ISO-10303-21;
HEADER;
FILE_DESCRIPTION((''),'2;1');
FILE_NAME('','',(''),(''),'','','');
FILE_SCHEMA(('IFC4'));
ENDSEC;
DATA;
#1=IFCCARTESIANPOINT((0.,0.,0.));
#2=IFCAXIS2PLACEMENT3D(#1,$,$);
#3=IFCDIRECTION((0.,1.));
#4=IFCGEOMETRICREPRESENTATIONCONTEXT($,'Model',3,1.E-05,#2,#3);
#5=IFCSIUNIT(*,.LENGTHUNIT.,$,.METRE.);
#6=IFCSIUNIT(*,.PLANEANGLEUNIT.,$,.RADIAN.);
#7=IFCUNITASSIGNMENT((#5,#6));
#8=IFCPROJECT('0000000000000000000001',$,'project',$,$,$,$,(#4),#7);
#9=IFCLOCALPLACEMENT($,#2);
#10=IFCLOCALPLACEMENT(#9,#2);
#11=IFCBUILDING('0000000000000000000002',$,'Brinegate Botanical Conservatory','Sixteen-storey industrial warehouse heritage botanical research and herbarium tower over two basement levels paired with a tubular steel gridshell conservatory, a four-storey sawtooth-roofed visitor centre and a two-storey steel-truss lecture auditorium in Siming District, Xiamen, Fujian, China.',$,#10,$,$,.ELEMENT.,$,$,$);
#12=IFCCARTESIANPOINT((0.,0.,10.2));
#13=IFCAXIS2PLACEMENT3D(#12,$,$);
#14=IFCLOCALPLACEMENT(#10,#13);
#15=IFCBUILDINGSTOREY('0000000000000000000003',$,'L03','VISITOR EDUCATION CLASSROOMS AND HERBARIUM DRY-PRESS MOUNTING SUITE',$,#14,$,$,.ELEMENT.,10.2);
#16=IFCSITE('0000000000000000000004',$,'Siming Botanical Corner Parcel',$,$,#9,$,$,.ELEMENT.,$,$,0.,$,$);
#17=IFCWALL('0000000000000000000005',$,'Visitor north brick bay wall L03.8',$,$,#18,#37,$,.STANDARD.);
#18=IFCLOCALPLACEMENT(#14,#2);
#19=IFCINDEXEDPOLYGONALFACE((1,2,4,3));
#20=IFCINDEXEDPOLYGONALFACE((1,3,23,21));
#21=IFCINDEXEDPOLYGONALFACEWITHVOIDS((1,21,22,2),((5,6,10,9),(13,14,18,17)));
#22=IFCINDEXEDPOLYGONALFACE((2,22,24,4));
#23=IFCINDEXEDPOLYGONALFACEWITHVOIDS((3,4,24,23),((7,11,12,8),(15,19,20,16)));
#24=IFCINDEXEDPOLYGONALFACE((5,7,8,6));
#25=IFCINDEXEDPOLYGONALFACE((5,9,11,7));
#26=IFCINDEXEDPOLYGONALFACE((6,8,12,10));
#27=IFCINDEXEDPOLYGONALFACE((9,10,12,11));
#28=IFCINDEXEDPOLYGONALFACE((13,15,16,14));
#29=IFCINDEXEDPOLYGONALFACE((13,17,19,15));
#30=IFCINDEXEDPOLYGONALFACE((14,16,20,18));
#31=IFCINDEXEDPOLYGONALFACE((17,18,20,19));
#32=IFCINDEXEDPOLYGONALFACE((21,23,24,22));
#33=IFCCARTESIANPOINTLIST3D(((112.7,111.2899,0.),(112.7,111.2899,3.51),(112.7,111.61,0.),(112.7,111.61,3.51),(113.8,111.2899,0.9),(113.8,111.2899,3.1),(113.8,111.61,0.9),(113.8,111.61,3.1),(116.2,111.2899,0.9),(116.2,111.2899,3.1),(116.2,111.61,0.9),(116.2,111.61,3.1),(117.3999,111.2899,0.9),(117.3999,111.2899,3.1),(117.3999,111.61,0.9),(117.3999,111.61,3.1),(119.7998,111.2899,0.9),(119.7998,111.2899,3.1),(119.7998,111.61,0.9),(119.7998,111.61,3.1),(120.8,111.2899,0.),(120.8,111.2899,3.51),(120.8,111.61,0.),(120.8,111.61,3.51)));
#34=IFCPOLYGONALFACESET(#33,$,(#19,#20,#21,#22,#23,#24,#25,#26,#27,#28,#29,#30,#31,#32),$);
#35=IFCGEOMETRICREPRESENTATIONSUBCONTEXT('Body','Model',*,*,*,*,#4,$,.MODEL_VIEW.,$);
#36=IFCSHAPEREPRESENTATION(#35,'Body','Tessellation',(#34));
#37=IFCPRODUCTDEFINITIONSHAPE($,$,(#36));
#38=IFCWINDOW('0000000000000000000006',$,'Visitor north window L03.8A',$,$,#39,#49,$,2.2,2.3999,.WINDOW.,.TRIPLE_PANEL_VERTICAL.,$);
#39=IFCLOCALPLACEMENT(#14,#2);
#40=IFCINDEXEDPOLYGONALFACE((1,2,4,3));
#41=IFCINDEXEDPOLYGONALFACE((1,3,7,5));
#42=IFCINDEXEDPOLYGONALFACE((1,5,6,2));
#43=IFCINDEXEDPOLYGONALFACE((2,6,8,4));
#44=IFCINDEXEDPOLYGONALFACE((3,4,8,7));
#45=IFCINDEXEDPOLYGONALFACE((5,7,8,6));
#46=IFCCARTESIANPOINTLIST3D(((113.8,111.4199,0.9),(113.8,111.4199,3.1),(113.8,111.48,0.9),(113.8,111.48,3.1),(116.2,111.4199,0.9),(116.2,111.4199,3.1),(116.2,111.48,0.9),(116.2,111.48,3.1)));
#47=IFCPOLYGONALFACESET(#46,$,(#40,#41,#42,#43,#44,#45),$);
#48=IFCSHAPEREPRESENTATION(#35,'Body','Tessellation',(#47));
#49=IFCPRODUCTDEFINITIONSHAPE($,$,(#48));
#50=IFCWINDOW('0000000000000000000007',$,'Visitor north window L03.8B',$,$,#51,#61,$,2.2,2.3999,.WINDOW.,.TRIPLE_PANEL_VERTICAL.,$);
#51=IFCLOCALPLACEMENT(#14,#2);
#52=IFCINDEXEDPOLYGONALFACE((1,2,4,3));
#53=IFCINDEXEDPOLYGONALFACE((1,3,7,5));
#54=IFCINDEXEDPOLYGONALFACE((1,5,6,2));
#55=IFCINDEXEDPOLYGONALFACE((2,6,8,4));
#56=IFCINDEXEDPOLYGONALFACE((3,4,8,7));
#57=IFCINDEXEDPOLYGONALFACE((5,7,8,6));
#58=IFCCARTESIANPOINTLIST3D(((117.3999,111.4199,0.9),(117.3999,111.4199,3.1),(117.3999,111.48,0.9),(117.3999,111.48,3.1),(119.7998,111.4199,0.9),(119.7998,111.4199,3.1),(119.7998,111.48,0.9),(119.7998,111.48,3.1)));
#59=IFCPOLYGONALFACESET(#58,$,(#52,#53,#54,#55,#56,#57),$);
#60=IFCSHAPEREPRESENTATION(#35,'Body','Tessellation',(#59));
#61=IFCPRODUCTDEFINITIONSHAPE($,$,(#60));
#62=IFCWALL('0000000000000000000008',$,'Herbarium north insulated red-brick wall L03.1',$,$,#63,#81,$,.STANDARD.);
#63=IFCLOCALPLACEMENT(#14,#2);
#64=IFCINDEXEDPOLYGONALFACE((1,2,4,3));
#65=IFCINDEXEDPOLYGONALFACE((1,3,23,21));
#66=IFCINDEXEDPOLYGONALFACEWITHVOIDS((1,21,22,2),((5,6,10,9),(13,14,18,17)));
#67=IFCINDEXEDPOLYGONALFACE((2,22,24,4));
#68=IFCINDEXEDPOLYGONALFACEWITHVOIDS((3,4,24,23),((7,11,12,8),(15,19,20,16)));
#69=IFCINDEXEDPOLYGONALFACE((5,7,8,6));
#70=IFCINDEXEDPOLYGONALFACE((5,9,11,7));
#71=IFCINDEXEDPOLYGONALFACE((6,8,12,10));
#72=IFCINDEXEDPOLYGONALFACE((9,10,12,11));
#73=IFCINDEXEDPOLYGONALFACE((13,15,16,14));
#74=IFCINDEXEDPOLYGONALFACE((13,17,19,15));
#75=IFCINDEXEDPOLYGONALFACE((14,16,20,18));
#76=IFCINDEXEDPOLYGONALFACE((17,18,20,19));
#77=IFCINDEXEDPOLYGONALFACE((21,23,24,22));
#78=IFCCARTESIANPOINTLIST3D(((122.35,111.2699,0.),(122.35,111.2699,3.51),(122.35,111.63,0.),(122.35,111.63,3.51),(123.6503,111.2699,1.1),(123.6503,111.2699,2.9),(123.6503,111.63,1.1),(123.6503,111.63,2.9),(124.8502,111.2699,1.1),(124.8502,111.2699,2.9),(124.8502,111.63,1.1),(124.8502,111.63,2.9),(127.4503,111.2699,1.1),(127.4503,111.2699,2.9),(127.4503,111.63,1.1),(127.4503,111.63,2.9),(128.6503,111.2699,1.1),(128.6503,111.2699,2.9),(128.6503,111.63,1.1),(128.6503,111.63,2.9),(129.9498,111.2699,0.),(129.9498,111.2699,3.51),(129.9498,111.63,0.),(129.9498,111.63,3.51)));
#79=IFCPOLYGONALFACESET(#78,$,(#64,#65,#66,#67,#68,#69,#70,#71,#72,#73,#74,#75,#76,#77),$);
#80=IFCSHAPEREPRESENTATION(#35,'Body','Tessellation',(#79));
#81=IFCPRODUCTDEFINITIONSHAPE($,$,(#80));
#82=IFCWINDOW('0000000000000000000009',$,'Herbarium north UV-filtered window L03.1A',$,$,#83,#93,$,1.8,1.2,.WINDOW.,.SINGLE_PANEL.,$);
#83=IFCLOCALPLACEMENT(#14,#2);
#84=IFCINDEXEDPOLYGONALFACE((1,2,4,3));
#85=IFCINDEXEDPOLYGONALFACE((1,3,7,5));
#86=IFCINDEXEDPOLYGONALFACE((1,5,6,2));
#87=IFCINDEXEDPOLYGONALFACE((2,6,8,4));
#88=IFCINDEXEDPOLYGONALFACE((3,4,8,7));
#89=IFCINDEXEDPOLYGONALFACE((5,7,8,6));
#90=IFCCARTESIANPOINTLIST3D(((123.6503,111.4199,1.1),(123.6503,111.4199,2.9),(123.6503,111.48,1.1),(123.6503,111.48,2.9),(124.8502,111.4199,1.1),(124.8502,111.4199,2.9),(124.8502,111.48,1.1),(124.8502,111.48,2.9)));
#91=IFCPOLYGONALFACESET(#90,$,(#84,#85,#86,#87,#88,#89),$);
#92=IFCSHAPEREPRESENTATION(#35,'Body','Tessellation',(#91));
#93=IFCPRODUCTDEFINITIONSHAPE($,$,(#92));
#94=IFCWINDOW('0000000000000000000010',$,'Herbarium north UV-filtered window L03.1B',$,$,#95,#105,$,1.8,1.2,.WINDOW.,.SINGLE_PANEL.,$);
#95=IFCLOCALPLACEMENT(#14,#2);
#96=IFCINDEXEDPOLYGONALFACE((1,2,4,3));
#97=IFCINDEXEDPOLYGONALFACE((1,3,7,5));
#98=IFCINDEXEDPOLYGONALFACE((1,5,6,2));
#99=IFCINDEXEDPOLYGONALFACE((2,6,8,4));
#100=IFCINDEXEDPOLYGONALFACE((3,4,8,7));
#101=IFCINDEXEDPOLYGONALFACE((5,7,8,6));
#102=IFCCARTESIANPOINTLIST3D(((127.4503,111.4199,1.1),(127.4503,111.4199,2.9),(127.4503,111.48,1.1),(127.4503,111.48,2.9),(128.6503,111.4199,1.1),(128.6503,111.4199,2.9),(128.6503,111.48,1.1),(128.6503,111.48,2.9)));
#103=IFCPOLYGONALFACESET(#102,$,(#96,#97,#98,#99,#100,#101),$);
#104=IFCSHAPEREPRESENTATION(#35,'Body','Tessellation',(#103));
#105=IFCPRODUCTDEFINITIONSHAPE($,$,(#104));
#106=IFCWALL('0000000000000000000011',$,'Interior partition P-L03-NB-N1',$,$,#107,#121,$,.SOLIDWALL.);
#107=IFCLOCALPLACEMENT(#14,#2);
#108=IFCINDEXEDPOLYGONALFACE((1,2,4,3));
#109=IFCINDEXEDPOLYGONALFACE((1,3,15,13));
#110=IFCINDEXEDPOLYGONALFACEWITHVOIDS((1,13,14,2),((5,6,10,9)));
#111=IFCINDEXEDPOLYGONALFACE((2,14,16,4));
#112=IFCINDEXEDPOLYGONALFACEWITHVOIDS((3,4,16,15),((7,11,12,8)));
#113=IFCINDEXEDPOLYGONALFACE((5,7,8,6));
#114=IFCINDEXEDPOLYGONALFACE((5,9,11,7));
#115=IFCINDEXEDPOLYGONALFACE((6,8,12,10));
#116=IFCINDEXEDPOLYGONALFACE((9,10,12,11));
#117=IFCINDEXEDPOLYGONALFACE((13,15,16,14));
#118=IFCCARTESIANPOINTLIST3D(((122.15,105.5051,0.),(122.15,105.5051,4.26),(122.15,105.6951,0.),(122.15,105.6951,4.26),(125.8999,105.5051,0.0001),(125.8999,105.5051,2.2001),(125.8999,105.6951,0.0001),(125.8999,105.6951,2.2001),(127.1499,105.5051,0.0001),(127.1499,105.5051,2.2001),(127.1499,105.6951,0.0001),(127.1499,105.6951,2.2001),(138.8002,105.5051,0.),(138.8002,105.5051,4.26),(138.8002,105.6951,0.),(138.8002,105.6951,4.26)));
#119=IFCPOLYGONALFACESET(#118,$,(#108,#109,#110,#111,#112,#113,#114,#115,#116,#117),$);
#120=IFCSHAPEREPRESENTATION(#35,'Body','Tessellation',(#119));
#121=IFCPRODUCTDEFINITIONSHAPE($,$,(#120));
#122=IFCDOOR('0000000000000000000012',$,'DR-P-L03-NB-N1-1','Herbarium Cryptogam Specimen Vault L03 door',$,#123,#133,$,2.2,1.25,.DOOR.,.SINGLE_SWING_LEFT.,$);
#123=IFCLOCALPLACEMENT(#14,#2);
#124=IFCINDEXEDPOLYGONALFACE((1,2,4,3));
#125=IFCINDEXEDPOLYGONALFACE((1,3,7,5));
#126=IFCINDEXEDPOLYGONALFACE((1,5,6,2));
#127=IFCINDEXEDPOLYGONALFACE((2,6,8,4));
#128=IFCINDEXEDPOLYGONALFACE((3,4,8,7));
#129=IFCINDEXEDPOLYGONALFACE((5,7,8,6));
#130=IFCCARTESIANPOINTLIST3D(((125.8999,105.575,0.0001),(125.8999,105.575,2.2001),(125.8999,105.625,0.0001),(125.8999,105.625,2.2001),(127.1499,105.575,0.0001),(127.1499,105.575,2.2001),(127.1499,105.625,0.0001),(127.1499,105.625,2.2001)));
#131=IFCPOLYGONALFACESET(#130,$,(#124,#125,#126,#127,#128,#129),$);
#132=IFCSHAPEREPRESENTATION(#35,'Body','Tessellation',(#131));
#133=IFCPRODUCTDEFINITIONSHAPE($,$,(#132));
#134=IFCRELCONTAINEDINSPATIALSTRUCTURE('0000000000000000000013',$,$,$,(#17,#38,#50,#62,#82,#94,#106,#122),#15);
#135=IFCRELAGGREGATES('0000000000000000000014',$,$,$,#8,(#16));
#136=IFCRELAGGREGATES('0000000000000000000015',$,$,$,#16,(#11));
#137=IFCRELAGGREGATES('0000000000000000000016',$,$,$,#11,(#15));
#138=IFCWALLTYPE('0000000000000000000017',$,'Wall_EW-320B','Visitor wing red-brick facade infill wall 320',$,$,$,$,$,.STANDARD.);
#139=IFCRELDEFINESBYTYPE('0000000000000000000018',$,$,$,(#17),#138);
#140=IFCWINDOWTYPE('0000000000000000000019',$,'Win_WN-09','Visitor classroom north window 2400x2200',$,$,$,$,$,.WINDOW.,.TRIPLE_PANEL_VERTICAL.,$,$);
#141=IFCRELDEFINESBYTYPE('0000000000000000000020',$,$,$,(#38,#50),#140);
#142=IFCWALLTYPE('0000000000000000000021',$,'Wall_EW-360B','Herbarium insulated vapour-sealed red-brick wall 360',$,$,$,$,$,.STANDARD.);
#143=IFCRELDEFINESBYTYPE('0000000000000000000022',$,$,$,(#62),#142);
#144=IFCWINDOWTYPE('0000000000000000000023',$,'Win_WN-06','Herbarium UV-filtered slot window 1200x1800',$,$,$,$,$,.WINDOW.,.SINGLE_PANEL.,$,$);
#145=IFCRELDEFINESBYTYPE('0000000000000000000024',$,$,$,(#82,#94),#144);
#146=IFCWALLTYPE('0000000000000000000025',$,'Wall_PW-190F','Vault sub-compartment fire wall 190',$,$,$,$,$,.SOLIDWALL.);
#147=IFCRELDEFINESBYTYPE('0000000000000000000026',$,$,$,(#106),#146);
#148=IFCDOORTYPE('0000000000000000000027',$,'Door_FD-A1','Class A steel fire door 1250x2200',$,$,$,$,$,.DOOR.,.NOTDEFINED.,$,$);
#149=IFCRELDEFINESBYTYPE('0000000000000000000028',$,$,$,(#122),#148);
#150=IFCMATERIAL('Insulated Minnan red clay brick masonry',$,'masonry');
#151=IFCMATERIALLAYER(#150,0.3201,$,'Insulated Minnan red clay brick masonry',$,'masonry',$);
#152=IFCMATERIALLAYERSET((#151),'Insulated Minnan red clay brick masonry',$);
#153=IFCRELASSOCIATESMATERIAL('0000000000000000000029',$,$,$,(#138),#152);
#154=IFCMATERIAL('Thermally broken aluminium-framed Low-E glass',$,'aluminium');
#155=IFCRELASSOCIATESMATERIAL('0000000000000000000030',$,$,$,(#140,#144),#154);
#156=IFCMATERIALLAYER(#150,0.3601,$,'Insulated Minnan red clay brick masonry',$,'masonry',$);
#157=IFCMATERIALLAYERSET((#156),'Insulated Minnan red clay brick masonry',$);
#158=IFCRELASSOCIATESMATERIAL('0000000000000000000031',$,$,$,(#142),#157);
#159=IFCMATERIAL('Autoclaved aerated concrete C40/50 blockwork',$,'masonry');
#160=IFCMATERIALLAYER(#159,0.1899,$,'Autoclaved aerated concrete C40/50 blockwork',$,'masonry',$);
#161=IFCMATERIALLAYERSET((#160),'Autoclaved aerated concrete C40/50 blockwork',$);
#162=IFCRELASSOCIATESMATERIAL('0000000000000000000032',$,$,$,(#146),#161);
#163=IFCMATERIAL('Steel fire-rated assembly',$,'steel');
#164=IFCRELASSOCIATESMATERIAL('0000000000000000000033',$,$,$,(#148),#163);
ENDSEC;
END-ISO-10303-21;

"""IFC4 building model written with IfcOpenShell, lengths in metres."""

from ifc_helpers import new_model, si_unit, direction, frame, frame_2d, origin, place, context, subcontext, project, spatial, rectangle, extrude, material, layer, layer_set, type_object, element, fill, save


model = new_model("IFC4")

# Units and contexts
model_context = context("Model", 3, precision=1e-05, world=origin(), true_north=direction((0.0, 1.0)))
body_context = subcontext(model_context, "Body", "Model", "MODEL_VIEW")
ifc_project = project(units=[si_unit("LENGTHUNIT", "METRE"), si_unit("PLANEANGLEUNIT", "RADIAN")], contexts=[model_context])

# Site, building, storey
site_placement = place(None, origin())
site = spatial("IfcSite", under=ifc_project, at=site_placement, Name="Siming Botanical Corner Parcel", CompositionType="ELEMENT", RefElevation=0.0)
building_placement = place(site_placement, origin())
building = spatial("IfcBuilding", under=site, at=building_placement, Name="Brinegate Botanical Conservatory", Description="Sixteen-storey industrial warehouse heritage botanical research and herbarium tower over two basement levels paired with a tubular steel gridshell conservatory, a four-storey sawtooth-roofed visitor centre and a two-storey steel-truss lecture auditorium in Siming District, Xiamen, Fujian, China.", CompositionType="ELEMENT")
storey_placement = place(building_placement, frame((0.0, 0.0, 10.2)))
storey = spatial("IfcBuildingStorey", under=building, at=storey_placement, Name="L03", Description="VISITOR EDUCATION CLASSROOMS AND HERBARIUM DRY-PRESS MOUNTING SUITE", CompositionType="ELEMENT", Elevation=10.2)

# Shared definitions
ifc_material_1 = material(Name="Insulated Minnan red clay brick masonry", Category="masonry")

# Walls, openings, windows
ifc_layer_1 = layer(ifc_material_1, 0.3201, Name="Insulated Minnan red clay brick masonry", Category="masonry")
ifc_layer_set_1 = layer_set([ifc_layer_1], Name="Insulated Minnan red clay brick masonry")
wall_type_1 = type_object("IfcWallType", Name="Wall_EW-320B", Description="Visitor wing red-brick facade infill wall 320", PredefinedType="STANDARD", material=ifc_layer_set_1)
wall_1_placement = place(storey_placement, frame((112.7, 111.45, 0.0), z_axis=(0.0, 0.0, 1.0), x_axis=(1.0, 0.0, 0.0)))
wall_1 = element("IfcWall", 1, at=wall_1_placement, inside=storey, type_object=wall_type_1, Name="Visitor north brick bay wall L03.8", PredefinedType="STANDARD", context=body_context, shape_type="SweptSolid", body=[
    extrude(rectangle(XDim=8.1001, YDim=0.3201, at=frame_2d((4.05, 0.0))), origin(), (0.0, 0.0, 1.0), 3.51),
])
opening_1_placement = place(wall_1_placement, frame((1.1001, 0.0, 0.8999)))
opening_1 = element("IfcOpeningElement", 2, at=opening_1_placement, cuts=wall_1, PredefinedType="OPENING", context=body_context, shape_type="SweptSolid", body=[
    extrude(rectangle(XDim=2.3999, YDim=2.2, at=frame_2d((1.2, 1.1001))), frame((0.0, 0.1699, 0.0), z_axis=(0.0, -1.0, 0.0), x_axis=(1.0, 0.0, 0.0)), (0.0, 0.0, 1.0), 0.3401),
])
opening_2_placement = place(wall_1_placement, frame((4.7, 0.0, 0.8999)))
opening_2 = element("IfcOpeningElement", 3, at=opening_2_placement, cuts=wall_1, PredefinedType="OPENING", context=body_context, shape_type="SweptSolid", body=[
    extrude(rectangle(XDim=2.3999, YDim=2.2, at=frame_2d((1.2, 1.1001))), frame((0.0, 0.1699, 0.0), z_axis=(0.0, -1.0, 0.0), x_axis=(1.0, 0.0, 0.0)), (0.0, 0.0, 1.0), 0.3401),
])
ifc_material_2 = material(Name="Thermally broken aluminium-framed Low-E glass", Category="aluminium")
window_type_1 = type_object("IfcWindowType", Name="Win_WN-09", Description="Visitor classroom north window 2400x2200", PartitioningType="TRIPLE_PANEL_VERTICAL", PredefinedType="WINDOW", material=ifc_material_2)
window_1_placement = place(opening_1_placement, origin())
window_1 = element("IfcWindow", 4, at=window_1_placement, inside=storey, type_object=window_type_1, Name="Visitor north window L03.8A", OverallHeight=2.2, OverallWidth=2.3999, PartitioningType="TRIPLE_PANEL_VERTICAL", PredefinedType="WINDOW", context=body_context, shape_type="SweptSolid", body=[
    extrude(rectangle(XDim=2.3999, YDim=2.2, at=frame_2d((1.2, 1.1001))), frame((0.0, 0.03, 0.0), z_axis=(0.0, -1.0, 0.0), x_axis=(1.0, 0.0, 0.0)), (0.0, 0.0, 1.0), 0.0601),
])
fill(opening_1, window_1)
window_2_placement = place(opening_2_placement, origin())
window_2 = element("IfcWindow", 5, at=window_2_placement, inside=storey, type_object=window_type_1, Name="Visitor north window L03.8B", OverallHeight=2.2, OverallWidth=2.3999, PartitioningType="TRIPLE_PANEL_VERTICAL", PredefinedType="WINDOW", context=body_context, shape_type="SweptSolid", body=[
    extrude(rectangle(XDim=2.3999, YDim=2.2, at=frame_2d((1.2, 1.1001))), frame((0.0, 0.03, 0.0), z_axis=(0.0, -1.0, 0.0), x_axis=(1.0, 0.0, 0.0)), (0.0, 0.0, 1.0), 0.0601),
])
fill(opening_2, window_2)
ifc_layer_2 = layer(ifc_material_1, 0.3601, Name="Insulated Minnan red clay brick masonry", Category="masonry")
ifc_layer_set_2 = layer_set([ifc_layer_2], Name="Insulated Minnan red clay brick masonry")
wall_type_2 = type_object("IfcWallType", Name="Wall_EW-360B", Description="Herbarium insulated vapour-sealed red-brick wall 360", PredefinedType="STANDARD", material=ifc_layer_set_2)
wall_2_placement = place(storey_placement, frame((122.3501, 111.45, 0.0), z_axis=(0.0, 0.0, 1.0), x_axis=(1.0, 0.0, 0.0)))
wall_2 = element("IfcWall", 6, at=wall_2_placement, inside=storey, type_object=wall_type_2, Name="Herbarium north insulated red-brick wall L03.1", PredefinedType="STANDARD", context=body_context, shape_type="SweptSolid", body=[
    extrude(rectangle(XDim=7.5999, YDim=0.3601, at=frame_2d((3.7998, 0.0))), origin(), (0.0, 0.0, 1.0), 3.51),
])
opening_3_placement = place(wall_2_placement, frame((1.3, 0.0, 1.1001)))
opening_3 = element("IfcOpeningElement", 7, at=opening_3_placement, cuts=wall_2, PredefinedType="OPENING", context=body_context, shape_type="SweptSolid", body=[
    extrude(rectangle(XDim=1.2, YDim=1.8, at=frame_2d((0.6001, 0.8999))), frame((0.0, 0.1899, 0.0), z_axis=(0.0, -1.0, 0.0), x_axis=(1.0, 0.0, 0.0)), (0.0, 0.0, 1.0), 0.3801),
])
opening_4_placement = place(wall_2_placement, frame((5.1001, 0.0, 1.1001)))
opening_4 = element("IfcOpeningElement", 8, at=opening_4_placement, cuts=wall_2, PredefinedType="OPENING", context=body_context, shape_type="SweptSolid", body=[
    extrude(rectangle(XDim=1.2, YDim=1.8, at=frame_2d((0.6001, 0.8999))), frame((0.0, 0.1899, 0.0), z_axis=(0.0, -1.0, 0.0), x_axis=(1.0, 0.0, 0.0)), (0.0, 0.0, 1.0), 0.3801),
])
window_type_2 = type_object("IfcWindowType", Name="Win_WN-06", Description="Herbarium UV-filtered slot window 1200x1800", PartitioningType="SINGLE_PANEL", PredefinedType="WINDOW", material=ifc_material_2)
window_3_placement = place(opening_3_placement, origin())
window_3 = element("IfcWindow", 9, at=window_3_placement, inside=storey, type_object=window_type_2, Name="Herbarium north UV-filtered window L03.1A", OverallHeight=1.8, OverallWidth=1.2, PartitioningType="SINGLE_PANEL", PredefinedType="WINDOW", context=body_context, shape_type="SweptSolid", body=[
    extrude(rectangle(XDim=1.2, YDim=1.8, at=frame_2d((0.6001, 0.8999))), frame((0.0, 0.03, 0.0), z_axis=(0.0, -1.0, 0.0), x_axis=(1.0, 0.0, 0.0)), (0.0, 0.0, 1.0), 0.0601),
])
fill(opening_3, window_3)
window_4_placement = place(opening_4_placement, origin())
window_4 = element("IfcWindow", 10, at=window_4_placement, inside=storey, type_object=window_type_2, Name="Herbarium north UV-filtered window L03.1B", OverallHeight=1.8, OverallWidth=1.2, PartitioningType="SINGLE_PANEL", PredefinedType="WINDOW", context=body_context, shape_type="SweptSolid", body=[
    extrude(rectangle(XDim=1.2, YDim=1.8, at=frame_2d((0.6001, 0.8999))), frame((0.0, 0.03, 0.0), z_axis=(0.0, -1.0, 0.0), x_axis=(1.0, 0.0, 0.0)), (0.0, 0.0, 1.0), 0.0601),
])
fill(opening_4, window_4)

# Wall, opening, door
ifc_material_3 = material(Name="Autoclaved aerated concrete C40/50 blockwork", Category="masonry")
ifc_layer_3 = layer(ifc_material_3, 0.1899, Name="Autoclaved aerated concrete C40/50 blockwork", Category="masonry")
ifc_layer_set_3 = layer_set([ifc_layer_3], Name="Autoclaved aerated concrete C40/50 blockwork")
wall_type_3 = type_object("IfcWallType", Name="Wall_PW-190F", Description="Vault sub-compartment fire wall 190", PredefinedType="SOLIDWALL", material=ifc_layer_set_3)
wall_3_placement = place(storey_placement, frame((122.1499, 105.6001, 0.0), z_axis=(0.0, 0.0, 1.0), x_axis=(1.0, 0.0, 0.0)))
wall_3 = element("IfcWall", 11, at=wall_3_placement, inside=storey, type_object=wall_type_3, Name="Interior partition P-L03-NB-N1", PredefinedType="SOLIDWALL", context=body_context, shape_type="SweptSolid", body=[
    extrude(rectangle(XDim=16.6501, YDim=0.1899, at=frame_2d((8.3252, 0.0))), origin(), (0.0, 0.0, 1.0), 4.26),
])
opening_5_placement = place(wall_3_placement, frame((3.75, 0.0, 0.0)))
opening_5 = element("IfcOpeningElement", 12, at=opening_5_placement, cuts=wall_3, PredefinedType="OPENING", context=body_context, shape_type="SweptSolid", body=[
    extrude(rectangle(XDim=1.25, YDim=2.2, at=frame_2d((0.625, 1.1001))), frame((0.0, 0.105, 0.0), z_axis=(0.0, -1.0, 0.0), x_axis=(1.0, 0.0, 0.0)), (0.0, 0.0, 1.0), 0.21),
])
ifc_material_4 = material(Name="Steel fire-rated assembly", Category="steel")
door_type = type_object("IfcDoorType", Name="Door_FD-A1", Description="Class A steel fire door 1250x2200", OperationType="NOTDEFINED", PredefinedType="DOOR", material=ifc_material_4)
door_placement = place(opening_5_placement, origin())
door = element("IfcDoor", 13, at=door_placement, inside=storey, type_object=door_type, Name="DR-P-L03-NB-N1-1", Description="Herbarium Cryptogam Specimen Vault L03 door", OperationType="SINGLE_SWING_LEFT", OverallHeight=2.2, OverallWidth=1.25, PredefinedType="DOOR", context=body_context, shape_type="SweptSolid", body=[
    extrude(rectangle(XDim=1.25, YDim=2.2, at=frame_2d((0.625, 1.1001))), frame((0.0, 0.0249, 0.0), z_axis=(0.0, -1.0, 0.0), x_axis=(1.0, 0.0, 0.0)), (0.0, 0.0, 1.0), 0.05),
])
fill(opening_5, door)

save(model, "model.ifc")
